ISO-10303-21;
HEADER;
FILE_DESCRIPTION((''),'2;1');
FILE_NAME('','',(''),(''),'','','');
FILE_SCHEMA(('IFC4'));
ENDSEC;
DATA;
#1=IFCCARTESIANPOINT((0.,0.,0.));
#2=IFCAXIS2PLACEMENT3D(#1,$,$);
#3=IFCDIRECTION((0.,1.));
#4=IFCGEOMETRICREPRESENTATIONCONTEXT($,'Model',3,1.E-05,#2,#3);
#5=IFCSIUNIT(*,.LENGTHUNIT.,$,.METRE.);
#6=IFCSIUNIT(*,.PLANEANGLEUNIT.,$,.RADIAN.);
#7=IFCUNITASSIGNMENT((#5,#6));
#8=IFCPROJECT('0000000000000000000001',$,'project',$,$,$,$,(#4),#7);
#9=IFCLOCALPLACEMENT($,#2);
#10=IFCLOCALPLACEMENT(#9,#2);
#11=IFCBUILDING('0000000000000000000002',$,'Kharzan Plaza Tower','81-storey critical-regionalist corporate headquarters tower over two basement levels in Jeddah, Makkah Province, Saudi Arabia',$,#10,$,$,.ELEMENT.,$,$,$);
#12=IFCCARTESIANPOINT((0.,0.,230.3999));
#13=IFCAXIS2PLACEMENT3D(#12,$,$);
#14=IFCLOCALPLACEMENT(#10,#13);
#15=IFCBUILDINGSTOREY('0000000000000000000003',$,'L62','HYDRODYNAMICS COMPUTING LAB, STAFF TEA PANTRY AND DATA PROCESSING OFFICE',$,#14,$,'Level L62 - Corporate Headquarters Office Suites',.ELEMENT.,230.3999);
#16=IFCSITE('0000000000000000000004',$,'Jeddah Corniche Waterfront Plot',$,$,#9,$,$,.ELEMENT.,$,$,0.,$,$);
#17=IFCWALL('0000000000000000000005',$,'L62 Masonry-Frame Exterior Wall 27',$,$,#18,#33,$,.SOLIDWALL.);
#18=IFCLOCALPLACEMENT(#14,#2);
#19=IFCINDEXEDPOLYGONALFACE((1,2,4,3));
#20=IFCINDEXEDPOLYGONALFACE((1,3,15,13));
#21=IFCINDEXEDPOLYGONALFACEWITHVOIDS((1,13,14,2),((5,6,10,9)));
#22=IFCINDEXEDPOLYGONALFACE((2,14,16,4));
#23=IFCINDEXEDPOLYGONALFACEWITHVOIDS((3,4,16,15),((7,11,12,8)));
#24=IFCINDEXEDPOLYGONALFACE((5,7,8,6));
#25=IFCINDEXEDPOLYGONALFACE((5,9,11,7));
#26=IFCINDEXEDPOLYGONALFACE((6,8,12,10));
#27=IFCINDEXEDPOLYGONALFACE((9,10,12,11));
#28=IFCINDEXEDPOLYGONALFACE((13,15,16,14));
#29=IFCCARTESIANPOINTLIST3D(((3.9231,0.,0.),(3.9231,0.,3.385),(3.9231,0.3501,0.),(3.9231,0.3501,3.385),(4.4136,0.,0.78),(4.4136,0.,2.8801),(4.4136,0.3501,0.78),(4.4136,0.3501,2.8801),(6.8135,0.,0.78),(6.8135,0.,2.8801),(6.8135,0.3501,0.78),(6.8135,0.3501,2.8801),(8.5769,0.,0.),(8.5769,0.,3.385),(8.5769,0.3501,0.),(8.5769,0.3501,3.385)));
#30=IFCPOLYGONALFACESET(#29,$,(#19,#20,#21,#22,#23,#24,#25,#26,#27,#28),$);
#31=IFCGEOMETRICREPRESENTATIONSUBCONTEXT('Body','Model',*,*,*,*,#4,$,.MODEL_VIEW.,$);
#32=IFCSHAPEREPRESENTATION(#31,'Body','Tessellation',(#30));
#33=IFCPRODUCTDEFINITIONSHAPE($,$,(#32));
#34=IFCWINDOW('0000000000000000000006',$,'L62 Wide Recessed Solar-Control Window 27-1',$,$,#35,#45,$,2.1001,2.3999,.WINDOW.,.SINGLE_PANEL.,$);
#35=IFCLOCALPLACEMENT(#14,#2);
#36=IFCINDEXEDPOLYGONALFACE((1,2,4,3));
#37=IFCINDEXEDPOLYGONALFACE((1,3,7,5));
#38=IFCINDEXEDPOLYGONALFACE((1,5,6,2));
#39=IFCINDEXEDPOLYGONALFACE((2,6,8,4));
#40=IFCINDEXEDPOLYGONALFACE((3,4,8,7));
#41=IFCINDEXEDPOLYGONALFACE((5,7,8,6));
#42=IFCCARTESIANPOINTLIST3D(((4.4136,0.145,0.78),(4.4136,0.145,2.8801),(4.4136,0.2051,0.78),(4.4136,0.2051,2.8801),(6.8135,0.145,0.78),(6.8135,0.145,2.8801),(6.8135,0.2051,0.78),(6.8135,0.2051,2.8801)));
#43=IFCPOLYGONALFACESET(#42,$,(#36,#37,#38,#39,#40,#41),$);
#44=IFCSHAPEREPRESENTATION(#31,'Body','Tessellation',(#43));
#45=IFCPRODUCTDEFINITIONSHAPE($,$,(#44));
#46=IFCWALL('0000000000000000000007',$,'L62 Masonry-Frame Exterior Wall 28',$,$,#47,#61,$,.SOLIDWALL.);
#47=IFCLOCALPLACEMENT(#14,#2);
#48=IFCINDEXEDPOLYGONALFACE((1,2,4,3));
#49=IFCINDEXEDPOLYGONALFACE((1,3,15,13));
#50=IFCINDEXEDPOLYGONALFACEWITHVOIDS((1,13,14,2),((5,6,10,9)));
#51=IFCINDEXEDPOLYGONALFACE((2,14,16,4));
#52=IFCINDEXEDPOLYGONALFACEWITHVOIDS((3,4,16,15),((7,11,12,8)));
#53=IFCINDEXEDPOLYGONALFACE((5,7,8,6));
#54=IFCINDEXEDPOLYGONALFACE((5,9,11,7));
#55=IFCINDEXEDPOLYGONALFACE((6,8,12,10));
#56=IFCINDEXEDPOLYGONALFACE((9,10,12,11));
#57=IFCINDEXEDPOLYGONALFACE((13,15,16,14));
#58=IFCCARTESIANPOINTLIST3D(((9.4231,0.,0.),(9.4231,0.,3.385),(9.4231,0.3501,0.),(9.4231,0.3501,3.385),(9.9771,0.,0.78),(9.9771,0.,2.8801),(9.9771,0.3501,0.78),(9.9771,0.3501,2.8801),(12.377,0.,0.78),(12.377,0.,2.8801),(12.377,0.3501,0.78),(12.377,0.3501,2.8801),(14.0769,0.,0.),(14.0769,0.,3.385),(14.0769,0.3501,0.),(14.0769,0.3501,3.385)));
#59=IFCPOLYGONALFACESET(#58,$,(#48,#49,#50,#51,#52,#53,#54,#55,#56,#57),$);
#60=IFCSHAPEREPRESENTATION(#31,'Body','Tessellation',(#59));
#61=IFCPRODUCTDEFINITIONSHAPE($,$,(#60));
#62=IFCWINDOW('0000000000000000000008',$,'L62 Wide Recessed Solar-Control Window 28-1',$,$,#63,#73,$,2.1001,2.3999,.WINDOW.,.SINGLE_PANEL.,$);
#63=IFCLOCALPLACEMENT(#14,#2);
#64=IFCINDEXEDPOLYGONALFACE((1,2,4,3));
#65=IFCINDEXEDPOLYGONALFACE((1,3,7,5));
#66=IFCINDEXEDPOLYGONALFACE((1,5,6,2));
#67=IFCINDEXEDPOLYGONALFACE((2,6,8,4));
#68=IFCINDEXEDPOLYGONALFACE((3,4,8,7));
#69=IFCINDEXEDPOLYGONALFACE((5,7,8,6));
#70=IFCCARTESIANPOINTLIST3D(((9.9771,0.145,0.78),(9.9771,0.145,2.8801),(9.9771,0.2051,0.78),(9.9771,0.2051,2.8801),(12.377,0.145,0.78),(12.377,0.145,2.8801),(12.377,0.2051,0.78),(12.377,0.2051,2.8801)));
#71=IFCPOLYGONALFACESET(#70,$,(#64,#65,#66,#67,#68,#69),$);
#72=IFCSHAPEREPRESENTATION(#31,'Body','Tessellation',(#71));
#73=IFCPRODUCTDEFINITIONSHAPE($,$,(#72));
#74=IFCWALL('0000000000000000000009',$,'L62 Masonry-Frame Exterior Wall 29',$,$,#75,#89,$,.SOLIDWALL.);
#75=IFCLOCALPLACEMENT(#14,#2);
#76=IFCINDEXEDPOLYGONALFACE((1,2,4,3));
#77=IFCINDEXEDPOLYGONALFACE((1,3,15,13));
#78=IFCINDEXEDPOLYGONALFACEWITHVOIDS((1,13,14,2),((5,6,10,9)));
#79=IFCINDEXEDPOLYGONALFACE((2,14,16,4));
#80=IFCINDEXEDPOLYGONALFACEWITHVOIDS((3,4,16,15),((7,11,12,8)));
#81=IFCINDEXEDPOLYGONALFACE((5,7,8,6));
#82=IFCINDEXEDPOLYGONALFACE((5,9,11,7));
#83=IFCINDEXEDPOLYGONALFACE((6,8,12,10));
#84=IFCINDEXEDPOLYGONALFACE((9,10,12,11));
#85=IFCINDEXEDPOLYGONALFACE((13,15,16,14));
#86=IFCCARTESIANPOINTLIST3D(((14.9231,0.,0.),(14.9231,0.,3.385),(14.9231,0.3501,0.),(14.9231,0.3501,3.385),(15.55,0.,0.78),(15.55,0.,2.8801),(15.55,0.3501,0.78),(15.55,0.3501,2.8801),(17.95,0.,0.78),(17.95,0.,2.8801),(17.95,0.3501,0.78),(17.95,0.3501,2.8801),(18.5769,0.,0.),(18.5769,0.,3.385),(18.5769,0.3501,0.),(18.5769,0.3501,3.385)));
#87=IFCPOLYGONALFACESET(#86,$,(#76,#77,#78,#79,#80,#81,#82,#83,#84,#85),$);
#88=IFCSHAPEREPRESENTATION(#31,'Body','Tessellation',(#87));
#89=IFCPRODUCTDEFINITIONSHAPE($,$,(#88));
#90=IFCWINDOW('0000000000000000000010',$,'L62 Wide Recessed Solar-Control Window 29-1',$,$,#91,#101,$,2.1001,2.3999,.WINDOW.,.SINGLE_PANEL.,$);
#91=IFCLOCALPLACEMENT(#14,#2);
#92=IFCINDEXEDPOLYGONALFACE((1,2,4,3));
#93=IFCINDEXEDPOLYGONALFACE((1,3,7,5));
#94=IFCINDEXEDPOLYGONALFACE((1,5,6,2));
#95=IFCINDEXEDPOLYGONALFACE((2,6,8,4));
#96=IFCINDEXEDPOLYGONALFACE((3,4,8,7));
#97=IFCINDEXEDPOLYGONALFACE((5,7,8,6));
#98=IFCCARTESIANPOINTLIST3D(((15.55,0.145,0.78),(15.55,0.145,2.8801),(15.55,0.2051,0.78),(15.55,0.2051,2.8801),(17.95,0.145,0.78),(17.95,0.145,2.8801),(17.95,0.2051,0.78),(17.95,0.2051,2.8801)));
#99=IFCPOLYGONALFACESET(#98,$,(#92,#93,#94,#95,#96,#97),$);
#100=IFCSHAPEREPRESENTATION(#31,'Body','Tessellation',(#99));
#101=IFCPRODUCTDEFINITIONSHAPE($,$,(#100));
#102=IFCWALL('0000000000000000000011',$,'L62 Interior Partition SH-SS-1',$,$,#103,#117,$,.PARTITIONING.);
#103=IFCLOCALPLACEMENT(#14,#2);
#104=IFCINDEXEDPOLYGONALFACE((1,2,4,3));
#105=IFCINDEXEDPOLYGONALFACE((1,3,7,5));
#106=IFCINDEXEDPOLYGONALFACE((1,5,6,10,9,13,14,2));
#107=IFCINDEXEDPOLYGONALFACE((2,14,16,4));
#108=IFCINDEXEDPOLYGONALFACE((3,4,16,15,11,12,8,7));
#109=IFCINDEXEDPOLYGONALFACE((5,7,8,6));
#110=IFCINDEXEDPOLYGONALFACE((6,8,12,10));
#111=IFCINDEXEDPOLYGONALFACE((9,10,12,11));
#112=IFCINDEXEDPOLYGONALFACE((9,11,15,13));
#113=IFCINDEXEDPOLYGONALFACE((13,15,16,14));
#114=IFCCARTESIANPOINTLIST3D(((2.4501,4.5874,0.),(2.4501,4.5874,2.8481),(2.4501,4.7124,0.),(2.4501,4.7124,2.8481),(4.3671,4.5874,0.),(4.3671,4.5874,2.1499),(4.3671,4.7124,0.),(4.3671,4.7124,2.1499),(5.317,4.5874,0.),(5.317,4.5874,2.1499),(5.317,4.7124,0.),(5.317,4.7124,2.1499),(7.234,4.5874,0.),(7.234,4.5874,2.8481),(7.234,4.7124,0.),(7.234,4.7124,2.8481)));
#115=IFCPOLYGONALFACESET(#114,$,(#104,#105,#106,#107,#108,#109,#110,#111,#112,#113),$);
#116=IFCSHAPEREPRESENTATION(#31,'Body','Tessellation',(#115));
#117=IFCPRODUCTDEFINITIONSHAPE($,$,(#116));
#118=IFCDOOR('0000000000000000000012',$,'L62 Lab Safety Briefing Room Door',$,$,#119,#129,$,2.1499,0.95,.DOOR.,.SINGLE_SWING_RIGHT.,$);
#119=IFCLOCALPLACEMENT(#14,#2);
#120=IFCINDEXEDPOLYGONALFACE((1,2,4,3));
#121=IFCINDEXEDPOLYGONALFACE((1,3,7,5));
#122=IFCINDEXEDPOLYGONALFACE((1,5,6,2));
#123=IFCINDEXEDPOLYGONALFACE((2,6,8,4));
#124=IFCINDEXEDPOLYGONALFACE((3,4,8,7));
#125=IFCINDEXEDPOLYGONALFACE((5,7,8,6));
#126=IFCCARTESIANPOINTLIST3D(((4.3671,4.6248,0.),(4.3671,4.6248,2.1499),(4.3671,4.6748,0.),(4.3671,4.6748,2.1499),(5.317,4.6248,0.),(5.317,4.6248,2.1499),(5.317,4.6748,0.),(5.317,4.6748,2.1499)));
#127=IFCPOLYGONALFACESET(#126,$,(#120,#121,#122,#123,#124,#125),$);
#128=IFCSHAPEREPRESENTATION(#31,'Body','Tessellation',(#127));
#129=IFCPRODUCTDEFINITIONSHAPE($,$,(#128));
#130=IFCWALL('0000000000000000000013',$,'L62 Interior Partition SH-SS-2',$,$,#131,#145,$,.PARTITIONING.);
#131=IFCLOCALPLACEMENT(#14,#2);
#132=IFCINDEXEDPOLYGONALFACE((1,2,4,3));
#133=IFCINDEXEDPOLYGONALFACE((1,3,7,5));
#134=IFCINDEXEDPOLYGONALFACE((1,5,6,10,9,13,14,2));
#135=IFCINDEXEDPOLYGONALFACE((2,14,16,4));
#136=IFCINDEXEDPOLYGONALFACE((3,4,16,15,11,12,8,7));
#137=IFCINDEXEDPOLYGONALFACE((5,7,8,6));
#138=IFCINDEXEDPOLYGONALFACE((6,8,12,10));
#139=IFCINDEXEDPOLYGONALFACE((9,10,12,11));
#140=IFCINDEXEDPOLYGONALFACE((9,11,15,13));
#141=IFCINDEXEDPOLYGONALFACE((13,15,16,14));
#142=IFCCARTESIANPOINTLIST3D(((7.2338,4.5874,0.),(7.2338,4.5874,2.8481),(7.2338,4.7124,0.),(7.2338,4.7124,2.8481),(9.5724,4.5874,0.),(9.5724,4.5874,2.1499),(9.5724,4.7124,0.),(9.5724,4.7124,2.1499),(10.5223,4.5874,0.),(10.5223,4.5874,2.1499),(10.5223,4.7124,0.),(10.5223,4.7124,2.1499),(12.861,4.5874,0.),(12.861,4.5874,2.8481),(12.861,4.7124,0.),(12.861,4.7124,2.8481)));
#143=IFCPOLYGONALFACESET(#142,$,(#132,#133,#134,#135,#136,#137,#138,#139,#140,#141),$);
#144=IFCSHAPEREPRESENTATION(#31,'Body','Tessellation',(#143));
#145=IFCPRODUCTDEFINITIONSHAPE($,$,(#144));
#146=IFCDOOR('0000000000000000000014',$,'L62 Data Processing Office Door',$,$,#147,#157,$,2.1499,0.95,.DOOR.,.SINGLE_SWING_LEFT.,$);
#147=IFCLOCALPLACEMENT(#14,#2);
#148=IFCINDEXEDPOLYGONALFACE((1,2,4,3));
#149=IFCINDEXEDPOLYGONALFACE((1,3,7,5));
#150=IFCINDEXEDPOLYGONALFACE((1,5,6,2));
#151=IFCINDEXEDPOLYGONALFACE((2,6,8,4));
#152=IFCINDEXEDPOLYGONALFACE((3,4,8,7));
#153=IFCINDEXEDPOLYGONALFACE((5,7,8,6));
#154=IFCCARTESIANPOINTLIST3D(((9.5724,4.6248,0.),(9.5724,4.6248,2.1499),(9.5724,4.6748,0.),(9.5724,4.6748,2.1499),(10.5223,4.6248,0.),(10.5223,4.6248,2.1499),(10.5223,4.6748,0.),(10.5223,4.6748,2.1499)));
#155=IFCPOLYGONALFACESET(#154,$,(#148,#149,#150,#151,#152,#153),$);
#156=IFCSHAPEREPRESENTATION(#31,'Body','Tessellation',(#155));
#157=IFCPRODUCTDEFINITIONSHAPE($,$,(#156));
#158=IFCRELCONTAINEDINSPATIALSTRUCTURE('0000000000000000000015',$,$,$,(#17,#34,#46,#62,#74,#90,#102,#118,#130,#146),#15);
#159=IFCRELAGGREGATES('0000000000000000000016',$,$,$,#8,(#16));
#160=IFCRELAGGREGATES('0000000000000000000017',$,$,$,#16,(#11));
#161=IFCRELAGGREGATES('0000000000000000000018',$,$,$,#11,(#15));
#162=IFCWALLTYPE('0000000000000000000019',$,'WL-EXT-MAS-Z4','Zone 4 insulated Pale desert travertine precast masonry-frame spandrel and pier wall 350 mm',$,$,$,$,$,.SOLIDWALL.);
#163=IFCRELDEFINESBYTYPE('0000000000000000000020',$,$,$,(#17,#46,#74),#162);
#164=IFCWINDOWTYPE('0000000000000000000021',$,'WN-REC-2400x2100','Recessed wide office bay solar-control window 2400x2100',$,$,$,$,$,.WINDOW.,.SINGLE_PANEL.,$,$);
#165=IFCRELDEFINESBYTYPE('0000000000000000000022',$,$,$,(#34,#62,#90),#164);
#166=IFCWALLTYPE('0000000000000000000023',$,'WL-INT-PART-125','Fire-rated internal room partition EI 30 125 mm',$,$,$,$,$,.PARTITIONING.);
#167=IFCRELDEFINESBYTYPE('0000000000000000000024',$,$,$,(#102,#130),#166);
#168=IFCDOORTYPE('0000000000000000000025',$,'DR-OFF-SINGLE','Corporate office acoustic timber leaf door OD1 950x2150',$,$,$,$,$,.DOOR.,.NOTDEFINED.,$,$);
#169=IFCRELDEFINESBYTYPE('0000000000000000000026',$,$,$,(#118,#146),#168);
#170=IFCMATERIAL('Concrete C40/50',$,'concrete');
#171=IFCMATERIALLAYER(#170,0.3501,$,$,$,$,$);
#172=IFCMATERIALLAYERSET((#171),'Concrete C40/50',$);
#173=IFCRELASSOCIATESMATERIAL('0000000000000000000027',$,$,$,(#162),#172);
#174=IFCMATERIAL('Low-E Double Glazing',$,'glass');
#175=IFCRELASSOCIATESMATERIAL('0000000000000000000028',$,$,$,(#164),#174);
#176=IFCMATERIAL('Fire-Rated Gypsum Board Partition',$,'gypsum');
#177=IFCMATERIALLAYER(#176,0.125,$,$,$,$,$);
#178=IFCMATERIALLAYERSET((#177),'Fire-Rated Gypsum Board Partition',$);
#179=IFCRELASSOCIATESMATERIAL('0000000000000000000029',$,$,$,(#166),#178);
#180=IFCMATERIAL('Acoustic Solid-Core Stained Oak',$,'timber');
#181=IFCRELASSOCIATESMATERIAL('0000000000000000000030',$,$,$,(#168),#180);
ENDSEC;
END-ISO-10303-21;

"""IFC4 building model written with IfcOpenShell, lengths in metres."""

from ifc_helpers import new_model, si_unit, direction, frame, frame_2d, origin, place, context, subcontext, project, spatial, rectangle, extrude, source, transform, mapped, material, layer, layer_set, type_object, element, fill, save


model = new_model("IFC4")

# Units and contexts
model_context = context("Model", 3, precision=1e-05, world=origin(), true_north=direction((0.0, 1.0)))
body_context = subcontext(model_context, "Body", "Model", "MODEL_VIEW")
ifc_project = project(units=[si_unit("LENGTHUNIT", "METRE"), si_unit("PLANEANGLEUNIT", "RADIAN")], contexts=[model_context])

# Site, building, storey
site_placement = place(None, origin())
site = spatial("IfcSite", under=ifc_project, at=site_placement, Name="Jeddah Corniche Waterfront Plot", CompositionType="ELEMENT", RefElevation=0.0)
building_placement = place(site_placement, origin())
building = spatial("IfcBuilding", under=site, at=building_placement, Name="Kharzan Plaza Tower", Description="81-storey critical-regionalist corporate headquarters tower over two basement levels in Jeddah, Makkah Province, Saudi Arabia", CompositionType="ELEMENT")
storey_placement = place(building_placement, frame((0.0, 0.0, 230.3999)))
storey = spatial("IfcBuildingStorey", under=building, at=storey_placement, Name="L62", Description="HYDRODYNAMICS COMPUTING LAB, STAFF TEA PANTRY AND DATA PROCESSING OFFICE", LongName="Level L62 - Corporate Headquarters Office Suites", CompositionType="ELEMENT", Elevation=230.3999)

# Walls, openings, windows
ifc_material_1 = material(Name="Concrete C40/50", Category="concrete")
ifc_layer_1 = layer(ifc_material_1, 0.3501)
ifc_layer_set_1 = layer_set([ifc_layer_1], Name="Concrete C40/50")
wall_type_1 = type_object("IfcWallType", Name="WL-EXT-MAS-Z4", Description="Zone 4 insulated Pale desert travertine precast masonry-frame spandrel and pier wall 350 mm", PredefinedType="SOLIDWALL", material=ifc_layer_set_1)
ifc_material_2 = material(Name="Low-E Double Glazing", Category="glass")
wall_1_placement = place(storey_placement, frame((3.9231, 0.175, 0.0), z_axis=(0.0, 0.0, 1.0), x_axis=(1.0, 0.0, 0.0)))
wall_1 = element("IfcWall", 1, at=wall_1_placement, inside=storey, type_object=wall_type_1, Name="L62 Masonry-Frame Exterior Wall 27", PredefinedType="SOLIDWALL", context=body_context, shape_type="SweptSolid", body=[
    extrude(rectangle(XDim=4.6538, YDim=0.3501, at=frame_2d((2.3269, 0.0))), origin(), (0.0, 0.0, 1.0), 3.385),
])
opening_1_placement = place(wall_1_placement, frame((0.4905, 0.0, 0.78)))
opening_1 = element("IfcOpeningElement", 2, at=opening_1_placement, cuts=wall_1, PredefinedType="OPENING", context=body_context, shape_type="SweptSolid", body=[
    extrude(rectangle(XDim=2.3999, YDim=2.1001, at=frame_2d((1.2, 1.05))), frame((0.0, 0.1851, 0.0), z_axis=(0.0, -1.0, 0.0), x_axis=(1.0, 0.0, 0.0)), (0.0, 0.0, 1.0), 0.3701),
])
window_type_1 = type_object("IfcWindowType", Name="WN-REC-2400x2100", Description="Recessed wide office bay solar-control window 2400x2100", PartitioningType="SINGLE_PANEL", PredefinedType="WINDOW", material=ifc_material_2)
shared_shape_1 = source(origin(), body_context, "Body", "SweptSolid", [
    extrude(rectangle(XDim=2.3999, YDim=2.1001, at=frame_2d((1.2, 1.05))), frame((0.0, 0.03, 0.0), z_axis=(0.0, -1.0, 0.0), x_axis=(1.0, 0.0, 0.0)), (0.0, 0.0, 1.0), 0.0601),
])
window_1_placement = place(opening_1_placement, origin())
window_1 = element("IfcWindow", 3, at=window_1_placement, inside=storey, type_object=window_type_1, Name="L62 Wide Recessed Solar-Control Window 27-1", OverallHeight=2.1001, OverallWidth=2.3999, PartitioningType="SINGLE_PANEL", PredefinedType="WINDOW", context=body_context, shape_type="MappedRepresentation", body=[
    mapped(shared_shape_1, transform((0.0, 0.0, 0.0), x_axis=(1.0, 0.0, 0.0), y_axis=(0.0, 1.0, 0.0), z_axis=(0.0, 0.0, 1.0))),
])
fill(opening_1, window_1)
wall_2_placement = place(storey_placement, frame((9.4231, 0.175, 0.0), z_axis=(0.0, 0.0, 1.0), x_axis=(1.0, 0.0, 0.0)))
wall_2 = element("IfcWall", 4, at=wall_2_placement, inside=storey, type_object=wall_type_1, Name="L62 Masonry-Frame Exterior Wall 28", PredefinedType="SOLIDWALL", context=body_context, shape_type="SweptSolid", body=[
    extrude(rectangle(XDim=4.6538, YDim=0.3501, at=frame_2d((2.3269, 0.0))), origin(), (0.0, 0.0, 1.0), 3.385),
])
opening_2_placement = place(wall_2_placement, frame((0.554, 0.0, 0.78)))
opening_2 = element("IfcOpeningElement", 5, at=opening_2_placement, cuts=wall_2, PredefinedType="OPENING", context=body_context, shape_type="SweptSolid", body=[
    extrude(rectangle(XDim=2.3999, YDim=2.1001, at=frame_2d((1.2, 1.05))), frame((0.0, 0.1851, 0.0), z_axis=(0.0, -1.0, 0.0), x_axis=(1.0, 0.0, 0.0)), (0.0, 0.0, 1.0), 0.3701),
])
window_2_placement = place(opening_2_placement, origin())
window_2 = element("IfcWindow", 6, at=window_2_placement, inside=storey, type_object=window_type_1, Name="L62 Wide Recessed Solar-Control Window 28-1", OverallHeight=2.1001, OverallWidth=2.3999, PartitioningType="SINGLE_PANEL", PredefinedType="WINDOW", context=body_context, shape_type="MappedRepresentation", body=[
    mapped(shared_shape_1, transform((0.0, 0.0, 0.0), x_axis=(1.0, 0.0, 0.0), y_axis=(0.0, 1.0, 0.0), z_axis=(0.0, 0.0, 1.0))),
])
fill(opening_2, window_2)
wall_3_placement = place(storey_placement, frame((14.9231, 0.175, 0.0), z_axis=(0.0, 0.0, 1.0), x_axis=(1.0, 0.0, 0.0)))
wall_3 = element("IfcWall", 7, at=wall_3_placement, inside=storey, type_object=wall_type_1, Name="L62 Masonry-Frame Exterior Wall 29", PredefinedType="SOLIDWALL", context=body_context, shape_type="SweptSolid", body=[
    extrude(rectangle(XDim=3.6538, YDim=0.3501, at=frame_2d((1.8269, 0.0))), origin(), (0.0, 0.0, 1.0), 3.385),
])
opening_3_placement = place(wall_3_placement, frame((0.627, 0.0, 0.78)))
opening_3 = element("IfcOpeningElement", 8, at=opening_3_placement, cuts=wall_3, PredefinedType="OPENING", context=body_context, shape_type="SweptSolid", body=[
    extrude(rectangle(XDim=2.3999, YDim=2.1001, at=frame_2d((1.2, 1.05))), frame((0.0, 0.1851, 0.0), z_axis=(0.0, -1.0, 0.0), x_axis=(1.0, 0.0, 0.0)), (0.0, 0.0, 1.0), 0.3701),
])
window_3_placement = place(opening_3_placement, origin())
window_3 = element("IfcWindow", 9, at=window_3_placement, inside=storey, type_object=window_type_1, Name="L62 Wide Recessed Solar-Control Window 29-1", OverallHeight=2.1001, OverallWidth=2.3999, PartitioningType="SINGLE_PANEL", PredefinedType="WINDOW", context=body_context, shape_type="MappedRepresentation", body=[
    mapped(shared_shape_1, transform((0.0, 0.0, 0.0), x_axis=(1.0, 0.0, 0.0), y_axis=(0.0, 1.0, 0.0), z_axis=(0.0, 0.0, 1.0))),
])
fill(opening_3, window_3)

# Walls, openings, doors
ifc_material_3 = material(Name="Fire-Rated Gypsum Board Partition", Category="gypsum")
ifc_layer_2 = layer(ifc_material_3, 0.125)
ifc_layer_set_2 = layer_set([ifc_layer_2], Name="Fire-Rated Gypsum Board Partition")
wall_type_2 = type_object("IfcWallType", Name="WL-INT-PART-125", Description="Fire-rated internal room partition EI 30 125 mm", PredefinedType="PARTITIONING", material=ifc_layer_set_2)
wall_4_placement = place(storey_placement, frame((2.45, 4.6499, 0.0), z_axis=(0.0, 0.0, 1.0), x_axis=(1.0, 0.0, 0.0)))
wall_4 = element("IfcWall", 10, at=wall_4_placement, inside=storey, type_object=wall_type_2, Name="L62 Interior Partition SH-SS-1", PredefinedType="PARTITIONING", context=body_context, shape_type="SweptSolid", body=[
    extrude(rectangle(XDim=4.7839, YDim=0.125, at=frame_2d((2.3921, 0.0))), origin(), (0.0, 0.0, 1.0), 2.8481),
])
opening_4_placement = place(wall_4_placement, frame((1.917, 0.0, 0.0)))
opening_4 = element("IfcOpeningElement", 11, at=opening_4_placement, cuts=wall_4, PredefinedType="OPENING", context=body_context, shape_type="SweptSolid", body=[
    extrude(rectangle(XDim=0.95, YDim=2.1499, at=frame_2d((0.4751, 1.075))), frame((0.0, 0.0725, 0.0), z_axis=(0.0, -1.0, 0.0), x_axis=(1.0, 0.0, 0.0)), (0.0, 0.0, 1.0), 0.145),
])
ifc_material_4 = material(Name="Acoustic Solid-Core Stained Oak", Category="timber")
door_type = type_object("IfcDoorType", Name="DR-OFF-SINGLE", Description="Corporate office acoustic timber leaf door OD1 950x2150", OperationType="NOTDEFINED", PredefinedType="DOOR", material=ifc_material_4)
shared_shape_2 = source(origin(), body_context, "Body", "SweptSolid", [
    extrude(rectangle(XDim=0.95, YDim=2.1499, at=frame_2d((0.4751, 1.075))), frame((0.0, 0.0249, 0.0), z_axis=(0.0, -1.0, 0.0), x_axis=(1.0, 0.0, 0.0)), (0.0, 0.0, 1.0), 0.05),
])
door_1_placement = place(opening_4_placement, origin())
door_1 = element("IfcDoor", 12, at=door_1_placement, inside=storey, type_object=door_type, Name="L62 Lab Safety Briefing Room Door", OperationType="SINGLE_SWING_RIGHT", OverallHeight=2.1499, OverallWidth=0.95, PredefinedType="DOOR", context=body_context, shape_type="MappedRepresentation", body=[
    mapped(shared_shape_2, transform((0.0, 0.0, 0.0), x_axis=(1.0, 0.0, 0.0), y_axis=(0.0, 1.0, 0.0), z_axis=(0.0, 0.0, 1.0))),
])
fill(opening_4, door_1)
wall_5_placement = place(storey_placement, frame((7.2339, 4.6499, 0.0), z_axis=(0.0, 0.0, 1.0), x_axis=(1.0, 0.0, 0.0)))
wall_5 = element("IfcWall", 13, at=wall_5_placement, inside=storey, type_object=wall_type_2, Name="L62 Interior Partition SH-SS-2", PredefinedType="PARTITIONING", context=body_context, shape_type="SweptSolid", body=[
    extrude(rectangle(XDim=5.6272, YDim=0.125, at=frame_2d((2.8135, 0.0))), origin(), (0.0, 0.0, 1.0), 2.8481),
])
opening_5_placement = place(wall_5_placement, frame((2.3384, 0.0, 0.0)))
opening_5 = element("IfcOpeningElement", 14, at=opening_5_placement, cuts=wall_5, PredefinedType="OPENING", context=body_context, shape_type="SweptSolid", body=[
    extrude(rectangle(XDim=0.95, YDim=2.1499, at=frame_2d((0.4751, 1.075))), frame((0.0, 0.0725, 0.0), z_axis=(0.0, -1.0, 0.0), x_axis=(1.0, 0.0, 0.0)), (0.0, 0.0, 1.0), 0.145),
])
door_2_placement = place(opening_5_placement, origin())
door_2 = element("IfcDoor", 15, at=door_2_placement, inside=storey, type_object=door_type, Name="L62 Data Processing Office Door", OperationType="SINGLE_SWING_LEFT", OverallHeight=2.1499, OverallWidth=0.95, PredefinedType="DOOR", context=body_context, shape_type="MappedRepresentation", body=[
    mapped(shared_shape_2, transform((0.0, 0.0, 0.0), x_axis=(1.0, 0.0, 0.0), y_axis=(0.0, 1.0, 0.0), z_axis=(0.0, 0.0, 1.0))),
])
fill(opening_5, door_2)

save(model, "model.ifc")
